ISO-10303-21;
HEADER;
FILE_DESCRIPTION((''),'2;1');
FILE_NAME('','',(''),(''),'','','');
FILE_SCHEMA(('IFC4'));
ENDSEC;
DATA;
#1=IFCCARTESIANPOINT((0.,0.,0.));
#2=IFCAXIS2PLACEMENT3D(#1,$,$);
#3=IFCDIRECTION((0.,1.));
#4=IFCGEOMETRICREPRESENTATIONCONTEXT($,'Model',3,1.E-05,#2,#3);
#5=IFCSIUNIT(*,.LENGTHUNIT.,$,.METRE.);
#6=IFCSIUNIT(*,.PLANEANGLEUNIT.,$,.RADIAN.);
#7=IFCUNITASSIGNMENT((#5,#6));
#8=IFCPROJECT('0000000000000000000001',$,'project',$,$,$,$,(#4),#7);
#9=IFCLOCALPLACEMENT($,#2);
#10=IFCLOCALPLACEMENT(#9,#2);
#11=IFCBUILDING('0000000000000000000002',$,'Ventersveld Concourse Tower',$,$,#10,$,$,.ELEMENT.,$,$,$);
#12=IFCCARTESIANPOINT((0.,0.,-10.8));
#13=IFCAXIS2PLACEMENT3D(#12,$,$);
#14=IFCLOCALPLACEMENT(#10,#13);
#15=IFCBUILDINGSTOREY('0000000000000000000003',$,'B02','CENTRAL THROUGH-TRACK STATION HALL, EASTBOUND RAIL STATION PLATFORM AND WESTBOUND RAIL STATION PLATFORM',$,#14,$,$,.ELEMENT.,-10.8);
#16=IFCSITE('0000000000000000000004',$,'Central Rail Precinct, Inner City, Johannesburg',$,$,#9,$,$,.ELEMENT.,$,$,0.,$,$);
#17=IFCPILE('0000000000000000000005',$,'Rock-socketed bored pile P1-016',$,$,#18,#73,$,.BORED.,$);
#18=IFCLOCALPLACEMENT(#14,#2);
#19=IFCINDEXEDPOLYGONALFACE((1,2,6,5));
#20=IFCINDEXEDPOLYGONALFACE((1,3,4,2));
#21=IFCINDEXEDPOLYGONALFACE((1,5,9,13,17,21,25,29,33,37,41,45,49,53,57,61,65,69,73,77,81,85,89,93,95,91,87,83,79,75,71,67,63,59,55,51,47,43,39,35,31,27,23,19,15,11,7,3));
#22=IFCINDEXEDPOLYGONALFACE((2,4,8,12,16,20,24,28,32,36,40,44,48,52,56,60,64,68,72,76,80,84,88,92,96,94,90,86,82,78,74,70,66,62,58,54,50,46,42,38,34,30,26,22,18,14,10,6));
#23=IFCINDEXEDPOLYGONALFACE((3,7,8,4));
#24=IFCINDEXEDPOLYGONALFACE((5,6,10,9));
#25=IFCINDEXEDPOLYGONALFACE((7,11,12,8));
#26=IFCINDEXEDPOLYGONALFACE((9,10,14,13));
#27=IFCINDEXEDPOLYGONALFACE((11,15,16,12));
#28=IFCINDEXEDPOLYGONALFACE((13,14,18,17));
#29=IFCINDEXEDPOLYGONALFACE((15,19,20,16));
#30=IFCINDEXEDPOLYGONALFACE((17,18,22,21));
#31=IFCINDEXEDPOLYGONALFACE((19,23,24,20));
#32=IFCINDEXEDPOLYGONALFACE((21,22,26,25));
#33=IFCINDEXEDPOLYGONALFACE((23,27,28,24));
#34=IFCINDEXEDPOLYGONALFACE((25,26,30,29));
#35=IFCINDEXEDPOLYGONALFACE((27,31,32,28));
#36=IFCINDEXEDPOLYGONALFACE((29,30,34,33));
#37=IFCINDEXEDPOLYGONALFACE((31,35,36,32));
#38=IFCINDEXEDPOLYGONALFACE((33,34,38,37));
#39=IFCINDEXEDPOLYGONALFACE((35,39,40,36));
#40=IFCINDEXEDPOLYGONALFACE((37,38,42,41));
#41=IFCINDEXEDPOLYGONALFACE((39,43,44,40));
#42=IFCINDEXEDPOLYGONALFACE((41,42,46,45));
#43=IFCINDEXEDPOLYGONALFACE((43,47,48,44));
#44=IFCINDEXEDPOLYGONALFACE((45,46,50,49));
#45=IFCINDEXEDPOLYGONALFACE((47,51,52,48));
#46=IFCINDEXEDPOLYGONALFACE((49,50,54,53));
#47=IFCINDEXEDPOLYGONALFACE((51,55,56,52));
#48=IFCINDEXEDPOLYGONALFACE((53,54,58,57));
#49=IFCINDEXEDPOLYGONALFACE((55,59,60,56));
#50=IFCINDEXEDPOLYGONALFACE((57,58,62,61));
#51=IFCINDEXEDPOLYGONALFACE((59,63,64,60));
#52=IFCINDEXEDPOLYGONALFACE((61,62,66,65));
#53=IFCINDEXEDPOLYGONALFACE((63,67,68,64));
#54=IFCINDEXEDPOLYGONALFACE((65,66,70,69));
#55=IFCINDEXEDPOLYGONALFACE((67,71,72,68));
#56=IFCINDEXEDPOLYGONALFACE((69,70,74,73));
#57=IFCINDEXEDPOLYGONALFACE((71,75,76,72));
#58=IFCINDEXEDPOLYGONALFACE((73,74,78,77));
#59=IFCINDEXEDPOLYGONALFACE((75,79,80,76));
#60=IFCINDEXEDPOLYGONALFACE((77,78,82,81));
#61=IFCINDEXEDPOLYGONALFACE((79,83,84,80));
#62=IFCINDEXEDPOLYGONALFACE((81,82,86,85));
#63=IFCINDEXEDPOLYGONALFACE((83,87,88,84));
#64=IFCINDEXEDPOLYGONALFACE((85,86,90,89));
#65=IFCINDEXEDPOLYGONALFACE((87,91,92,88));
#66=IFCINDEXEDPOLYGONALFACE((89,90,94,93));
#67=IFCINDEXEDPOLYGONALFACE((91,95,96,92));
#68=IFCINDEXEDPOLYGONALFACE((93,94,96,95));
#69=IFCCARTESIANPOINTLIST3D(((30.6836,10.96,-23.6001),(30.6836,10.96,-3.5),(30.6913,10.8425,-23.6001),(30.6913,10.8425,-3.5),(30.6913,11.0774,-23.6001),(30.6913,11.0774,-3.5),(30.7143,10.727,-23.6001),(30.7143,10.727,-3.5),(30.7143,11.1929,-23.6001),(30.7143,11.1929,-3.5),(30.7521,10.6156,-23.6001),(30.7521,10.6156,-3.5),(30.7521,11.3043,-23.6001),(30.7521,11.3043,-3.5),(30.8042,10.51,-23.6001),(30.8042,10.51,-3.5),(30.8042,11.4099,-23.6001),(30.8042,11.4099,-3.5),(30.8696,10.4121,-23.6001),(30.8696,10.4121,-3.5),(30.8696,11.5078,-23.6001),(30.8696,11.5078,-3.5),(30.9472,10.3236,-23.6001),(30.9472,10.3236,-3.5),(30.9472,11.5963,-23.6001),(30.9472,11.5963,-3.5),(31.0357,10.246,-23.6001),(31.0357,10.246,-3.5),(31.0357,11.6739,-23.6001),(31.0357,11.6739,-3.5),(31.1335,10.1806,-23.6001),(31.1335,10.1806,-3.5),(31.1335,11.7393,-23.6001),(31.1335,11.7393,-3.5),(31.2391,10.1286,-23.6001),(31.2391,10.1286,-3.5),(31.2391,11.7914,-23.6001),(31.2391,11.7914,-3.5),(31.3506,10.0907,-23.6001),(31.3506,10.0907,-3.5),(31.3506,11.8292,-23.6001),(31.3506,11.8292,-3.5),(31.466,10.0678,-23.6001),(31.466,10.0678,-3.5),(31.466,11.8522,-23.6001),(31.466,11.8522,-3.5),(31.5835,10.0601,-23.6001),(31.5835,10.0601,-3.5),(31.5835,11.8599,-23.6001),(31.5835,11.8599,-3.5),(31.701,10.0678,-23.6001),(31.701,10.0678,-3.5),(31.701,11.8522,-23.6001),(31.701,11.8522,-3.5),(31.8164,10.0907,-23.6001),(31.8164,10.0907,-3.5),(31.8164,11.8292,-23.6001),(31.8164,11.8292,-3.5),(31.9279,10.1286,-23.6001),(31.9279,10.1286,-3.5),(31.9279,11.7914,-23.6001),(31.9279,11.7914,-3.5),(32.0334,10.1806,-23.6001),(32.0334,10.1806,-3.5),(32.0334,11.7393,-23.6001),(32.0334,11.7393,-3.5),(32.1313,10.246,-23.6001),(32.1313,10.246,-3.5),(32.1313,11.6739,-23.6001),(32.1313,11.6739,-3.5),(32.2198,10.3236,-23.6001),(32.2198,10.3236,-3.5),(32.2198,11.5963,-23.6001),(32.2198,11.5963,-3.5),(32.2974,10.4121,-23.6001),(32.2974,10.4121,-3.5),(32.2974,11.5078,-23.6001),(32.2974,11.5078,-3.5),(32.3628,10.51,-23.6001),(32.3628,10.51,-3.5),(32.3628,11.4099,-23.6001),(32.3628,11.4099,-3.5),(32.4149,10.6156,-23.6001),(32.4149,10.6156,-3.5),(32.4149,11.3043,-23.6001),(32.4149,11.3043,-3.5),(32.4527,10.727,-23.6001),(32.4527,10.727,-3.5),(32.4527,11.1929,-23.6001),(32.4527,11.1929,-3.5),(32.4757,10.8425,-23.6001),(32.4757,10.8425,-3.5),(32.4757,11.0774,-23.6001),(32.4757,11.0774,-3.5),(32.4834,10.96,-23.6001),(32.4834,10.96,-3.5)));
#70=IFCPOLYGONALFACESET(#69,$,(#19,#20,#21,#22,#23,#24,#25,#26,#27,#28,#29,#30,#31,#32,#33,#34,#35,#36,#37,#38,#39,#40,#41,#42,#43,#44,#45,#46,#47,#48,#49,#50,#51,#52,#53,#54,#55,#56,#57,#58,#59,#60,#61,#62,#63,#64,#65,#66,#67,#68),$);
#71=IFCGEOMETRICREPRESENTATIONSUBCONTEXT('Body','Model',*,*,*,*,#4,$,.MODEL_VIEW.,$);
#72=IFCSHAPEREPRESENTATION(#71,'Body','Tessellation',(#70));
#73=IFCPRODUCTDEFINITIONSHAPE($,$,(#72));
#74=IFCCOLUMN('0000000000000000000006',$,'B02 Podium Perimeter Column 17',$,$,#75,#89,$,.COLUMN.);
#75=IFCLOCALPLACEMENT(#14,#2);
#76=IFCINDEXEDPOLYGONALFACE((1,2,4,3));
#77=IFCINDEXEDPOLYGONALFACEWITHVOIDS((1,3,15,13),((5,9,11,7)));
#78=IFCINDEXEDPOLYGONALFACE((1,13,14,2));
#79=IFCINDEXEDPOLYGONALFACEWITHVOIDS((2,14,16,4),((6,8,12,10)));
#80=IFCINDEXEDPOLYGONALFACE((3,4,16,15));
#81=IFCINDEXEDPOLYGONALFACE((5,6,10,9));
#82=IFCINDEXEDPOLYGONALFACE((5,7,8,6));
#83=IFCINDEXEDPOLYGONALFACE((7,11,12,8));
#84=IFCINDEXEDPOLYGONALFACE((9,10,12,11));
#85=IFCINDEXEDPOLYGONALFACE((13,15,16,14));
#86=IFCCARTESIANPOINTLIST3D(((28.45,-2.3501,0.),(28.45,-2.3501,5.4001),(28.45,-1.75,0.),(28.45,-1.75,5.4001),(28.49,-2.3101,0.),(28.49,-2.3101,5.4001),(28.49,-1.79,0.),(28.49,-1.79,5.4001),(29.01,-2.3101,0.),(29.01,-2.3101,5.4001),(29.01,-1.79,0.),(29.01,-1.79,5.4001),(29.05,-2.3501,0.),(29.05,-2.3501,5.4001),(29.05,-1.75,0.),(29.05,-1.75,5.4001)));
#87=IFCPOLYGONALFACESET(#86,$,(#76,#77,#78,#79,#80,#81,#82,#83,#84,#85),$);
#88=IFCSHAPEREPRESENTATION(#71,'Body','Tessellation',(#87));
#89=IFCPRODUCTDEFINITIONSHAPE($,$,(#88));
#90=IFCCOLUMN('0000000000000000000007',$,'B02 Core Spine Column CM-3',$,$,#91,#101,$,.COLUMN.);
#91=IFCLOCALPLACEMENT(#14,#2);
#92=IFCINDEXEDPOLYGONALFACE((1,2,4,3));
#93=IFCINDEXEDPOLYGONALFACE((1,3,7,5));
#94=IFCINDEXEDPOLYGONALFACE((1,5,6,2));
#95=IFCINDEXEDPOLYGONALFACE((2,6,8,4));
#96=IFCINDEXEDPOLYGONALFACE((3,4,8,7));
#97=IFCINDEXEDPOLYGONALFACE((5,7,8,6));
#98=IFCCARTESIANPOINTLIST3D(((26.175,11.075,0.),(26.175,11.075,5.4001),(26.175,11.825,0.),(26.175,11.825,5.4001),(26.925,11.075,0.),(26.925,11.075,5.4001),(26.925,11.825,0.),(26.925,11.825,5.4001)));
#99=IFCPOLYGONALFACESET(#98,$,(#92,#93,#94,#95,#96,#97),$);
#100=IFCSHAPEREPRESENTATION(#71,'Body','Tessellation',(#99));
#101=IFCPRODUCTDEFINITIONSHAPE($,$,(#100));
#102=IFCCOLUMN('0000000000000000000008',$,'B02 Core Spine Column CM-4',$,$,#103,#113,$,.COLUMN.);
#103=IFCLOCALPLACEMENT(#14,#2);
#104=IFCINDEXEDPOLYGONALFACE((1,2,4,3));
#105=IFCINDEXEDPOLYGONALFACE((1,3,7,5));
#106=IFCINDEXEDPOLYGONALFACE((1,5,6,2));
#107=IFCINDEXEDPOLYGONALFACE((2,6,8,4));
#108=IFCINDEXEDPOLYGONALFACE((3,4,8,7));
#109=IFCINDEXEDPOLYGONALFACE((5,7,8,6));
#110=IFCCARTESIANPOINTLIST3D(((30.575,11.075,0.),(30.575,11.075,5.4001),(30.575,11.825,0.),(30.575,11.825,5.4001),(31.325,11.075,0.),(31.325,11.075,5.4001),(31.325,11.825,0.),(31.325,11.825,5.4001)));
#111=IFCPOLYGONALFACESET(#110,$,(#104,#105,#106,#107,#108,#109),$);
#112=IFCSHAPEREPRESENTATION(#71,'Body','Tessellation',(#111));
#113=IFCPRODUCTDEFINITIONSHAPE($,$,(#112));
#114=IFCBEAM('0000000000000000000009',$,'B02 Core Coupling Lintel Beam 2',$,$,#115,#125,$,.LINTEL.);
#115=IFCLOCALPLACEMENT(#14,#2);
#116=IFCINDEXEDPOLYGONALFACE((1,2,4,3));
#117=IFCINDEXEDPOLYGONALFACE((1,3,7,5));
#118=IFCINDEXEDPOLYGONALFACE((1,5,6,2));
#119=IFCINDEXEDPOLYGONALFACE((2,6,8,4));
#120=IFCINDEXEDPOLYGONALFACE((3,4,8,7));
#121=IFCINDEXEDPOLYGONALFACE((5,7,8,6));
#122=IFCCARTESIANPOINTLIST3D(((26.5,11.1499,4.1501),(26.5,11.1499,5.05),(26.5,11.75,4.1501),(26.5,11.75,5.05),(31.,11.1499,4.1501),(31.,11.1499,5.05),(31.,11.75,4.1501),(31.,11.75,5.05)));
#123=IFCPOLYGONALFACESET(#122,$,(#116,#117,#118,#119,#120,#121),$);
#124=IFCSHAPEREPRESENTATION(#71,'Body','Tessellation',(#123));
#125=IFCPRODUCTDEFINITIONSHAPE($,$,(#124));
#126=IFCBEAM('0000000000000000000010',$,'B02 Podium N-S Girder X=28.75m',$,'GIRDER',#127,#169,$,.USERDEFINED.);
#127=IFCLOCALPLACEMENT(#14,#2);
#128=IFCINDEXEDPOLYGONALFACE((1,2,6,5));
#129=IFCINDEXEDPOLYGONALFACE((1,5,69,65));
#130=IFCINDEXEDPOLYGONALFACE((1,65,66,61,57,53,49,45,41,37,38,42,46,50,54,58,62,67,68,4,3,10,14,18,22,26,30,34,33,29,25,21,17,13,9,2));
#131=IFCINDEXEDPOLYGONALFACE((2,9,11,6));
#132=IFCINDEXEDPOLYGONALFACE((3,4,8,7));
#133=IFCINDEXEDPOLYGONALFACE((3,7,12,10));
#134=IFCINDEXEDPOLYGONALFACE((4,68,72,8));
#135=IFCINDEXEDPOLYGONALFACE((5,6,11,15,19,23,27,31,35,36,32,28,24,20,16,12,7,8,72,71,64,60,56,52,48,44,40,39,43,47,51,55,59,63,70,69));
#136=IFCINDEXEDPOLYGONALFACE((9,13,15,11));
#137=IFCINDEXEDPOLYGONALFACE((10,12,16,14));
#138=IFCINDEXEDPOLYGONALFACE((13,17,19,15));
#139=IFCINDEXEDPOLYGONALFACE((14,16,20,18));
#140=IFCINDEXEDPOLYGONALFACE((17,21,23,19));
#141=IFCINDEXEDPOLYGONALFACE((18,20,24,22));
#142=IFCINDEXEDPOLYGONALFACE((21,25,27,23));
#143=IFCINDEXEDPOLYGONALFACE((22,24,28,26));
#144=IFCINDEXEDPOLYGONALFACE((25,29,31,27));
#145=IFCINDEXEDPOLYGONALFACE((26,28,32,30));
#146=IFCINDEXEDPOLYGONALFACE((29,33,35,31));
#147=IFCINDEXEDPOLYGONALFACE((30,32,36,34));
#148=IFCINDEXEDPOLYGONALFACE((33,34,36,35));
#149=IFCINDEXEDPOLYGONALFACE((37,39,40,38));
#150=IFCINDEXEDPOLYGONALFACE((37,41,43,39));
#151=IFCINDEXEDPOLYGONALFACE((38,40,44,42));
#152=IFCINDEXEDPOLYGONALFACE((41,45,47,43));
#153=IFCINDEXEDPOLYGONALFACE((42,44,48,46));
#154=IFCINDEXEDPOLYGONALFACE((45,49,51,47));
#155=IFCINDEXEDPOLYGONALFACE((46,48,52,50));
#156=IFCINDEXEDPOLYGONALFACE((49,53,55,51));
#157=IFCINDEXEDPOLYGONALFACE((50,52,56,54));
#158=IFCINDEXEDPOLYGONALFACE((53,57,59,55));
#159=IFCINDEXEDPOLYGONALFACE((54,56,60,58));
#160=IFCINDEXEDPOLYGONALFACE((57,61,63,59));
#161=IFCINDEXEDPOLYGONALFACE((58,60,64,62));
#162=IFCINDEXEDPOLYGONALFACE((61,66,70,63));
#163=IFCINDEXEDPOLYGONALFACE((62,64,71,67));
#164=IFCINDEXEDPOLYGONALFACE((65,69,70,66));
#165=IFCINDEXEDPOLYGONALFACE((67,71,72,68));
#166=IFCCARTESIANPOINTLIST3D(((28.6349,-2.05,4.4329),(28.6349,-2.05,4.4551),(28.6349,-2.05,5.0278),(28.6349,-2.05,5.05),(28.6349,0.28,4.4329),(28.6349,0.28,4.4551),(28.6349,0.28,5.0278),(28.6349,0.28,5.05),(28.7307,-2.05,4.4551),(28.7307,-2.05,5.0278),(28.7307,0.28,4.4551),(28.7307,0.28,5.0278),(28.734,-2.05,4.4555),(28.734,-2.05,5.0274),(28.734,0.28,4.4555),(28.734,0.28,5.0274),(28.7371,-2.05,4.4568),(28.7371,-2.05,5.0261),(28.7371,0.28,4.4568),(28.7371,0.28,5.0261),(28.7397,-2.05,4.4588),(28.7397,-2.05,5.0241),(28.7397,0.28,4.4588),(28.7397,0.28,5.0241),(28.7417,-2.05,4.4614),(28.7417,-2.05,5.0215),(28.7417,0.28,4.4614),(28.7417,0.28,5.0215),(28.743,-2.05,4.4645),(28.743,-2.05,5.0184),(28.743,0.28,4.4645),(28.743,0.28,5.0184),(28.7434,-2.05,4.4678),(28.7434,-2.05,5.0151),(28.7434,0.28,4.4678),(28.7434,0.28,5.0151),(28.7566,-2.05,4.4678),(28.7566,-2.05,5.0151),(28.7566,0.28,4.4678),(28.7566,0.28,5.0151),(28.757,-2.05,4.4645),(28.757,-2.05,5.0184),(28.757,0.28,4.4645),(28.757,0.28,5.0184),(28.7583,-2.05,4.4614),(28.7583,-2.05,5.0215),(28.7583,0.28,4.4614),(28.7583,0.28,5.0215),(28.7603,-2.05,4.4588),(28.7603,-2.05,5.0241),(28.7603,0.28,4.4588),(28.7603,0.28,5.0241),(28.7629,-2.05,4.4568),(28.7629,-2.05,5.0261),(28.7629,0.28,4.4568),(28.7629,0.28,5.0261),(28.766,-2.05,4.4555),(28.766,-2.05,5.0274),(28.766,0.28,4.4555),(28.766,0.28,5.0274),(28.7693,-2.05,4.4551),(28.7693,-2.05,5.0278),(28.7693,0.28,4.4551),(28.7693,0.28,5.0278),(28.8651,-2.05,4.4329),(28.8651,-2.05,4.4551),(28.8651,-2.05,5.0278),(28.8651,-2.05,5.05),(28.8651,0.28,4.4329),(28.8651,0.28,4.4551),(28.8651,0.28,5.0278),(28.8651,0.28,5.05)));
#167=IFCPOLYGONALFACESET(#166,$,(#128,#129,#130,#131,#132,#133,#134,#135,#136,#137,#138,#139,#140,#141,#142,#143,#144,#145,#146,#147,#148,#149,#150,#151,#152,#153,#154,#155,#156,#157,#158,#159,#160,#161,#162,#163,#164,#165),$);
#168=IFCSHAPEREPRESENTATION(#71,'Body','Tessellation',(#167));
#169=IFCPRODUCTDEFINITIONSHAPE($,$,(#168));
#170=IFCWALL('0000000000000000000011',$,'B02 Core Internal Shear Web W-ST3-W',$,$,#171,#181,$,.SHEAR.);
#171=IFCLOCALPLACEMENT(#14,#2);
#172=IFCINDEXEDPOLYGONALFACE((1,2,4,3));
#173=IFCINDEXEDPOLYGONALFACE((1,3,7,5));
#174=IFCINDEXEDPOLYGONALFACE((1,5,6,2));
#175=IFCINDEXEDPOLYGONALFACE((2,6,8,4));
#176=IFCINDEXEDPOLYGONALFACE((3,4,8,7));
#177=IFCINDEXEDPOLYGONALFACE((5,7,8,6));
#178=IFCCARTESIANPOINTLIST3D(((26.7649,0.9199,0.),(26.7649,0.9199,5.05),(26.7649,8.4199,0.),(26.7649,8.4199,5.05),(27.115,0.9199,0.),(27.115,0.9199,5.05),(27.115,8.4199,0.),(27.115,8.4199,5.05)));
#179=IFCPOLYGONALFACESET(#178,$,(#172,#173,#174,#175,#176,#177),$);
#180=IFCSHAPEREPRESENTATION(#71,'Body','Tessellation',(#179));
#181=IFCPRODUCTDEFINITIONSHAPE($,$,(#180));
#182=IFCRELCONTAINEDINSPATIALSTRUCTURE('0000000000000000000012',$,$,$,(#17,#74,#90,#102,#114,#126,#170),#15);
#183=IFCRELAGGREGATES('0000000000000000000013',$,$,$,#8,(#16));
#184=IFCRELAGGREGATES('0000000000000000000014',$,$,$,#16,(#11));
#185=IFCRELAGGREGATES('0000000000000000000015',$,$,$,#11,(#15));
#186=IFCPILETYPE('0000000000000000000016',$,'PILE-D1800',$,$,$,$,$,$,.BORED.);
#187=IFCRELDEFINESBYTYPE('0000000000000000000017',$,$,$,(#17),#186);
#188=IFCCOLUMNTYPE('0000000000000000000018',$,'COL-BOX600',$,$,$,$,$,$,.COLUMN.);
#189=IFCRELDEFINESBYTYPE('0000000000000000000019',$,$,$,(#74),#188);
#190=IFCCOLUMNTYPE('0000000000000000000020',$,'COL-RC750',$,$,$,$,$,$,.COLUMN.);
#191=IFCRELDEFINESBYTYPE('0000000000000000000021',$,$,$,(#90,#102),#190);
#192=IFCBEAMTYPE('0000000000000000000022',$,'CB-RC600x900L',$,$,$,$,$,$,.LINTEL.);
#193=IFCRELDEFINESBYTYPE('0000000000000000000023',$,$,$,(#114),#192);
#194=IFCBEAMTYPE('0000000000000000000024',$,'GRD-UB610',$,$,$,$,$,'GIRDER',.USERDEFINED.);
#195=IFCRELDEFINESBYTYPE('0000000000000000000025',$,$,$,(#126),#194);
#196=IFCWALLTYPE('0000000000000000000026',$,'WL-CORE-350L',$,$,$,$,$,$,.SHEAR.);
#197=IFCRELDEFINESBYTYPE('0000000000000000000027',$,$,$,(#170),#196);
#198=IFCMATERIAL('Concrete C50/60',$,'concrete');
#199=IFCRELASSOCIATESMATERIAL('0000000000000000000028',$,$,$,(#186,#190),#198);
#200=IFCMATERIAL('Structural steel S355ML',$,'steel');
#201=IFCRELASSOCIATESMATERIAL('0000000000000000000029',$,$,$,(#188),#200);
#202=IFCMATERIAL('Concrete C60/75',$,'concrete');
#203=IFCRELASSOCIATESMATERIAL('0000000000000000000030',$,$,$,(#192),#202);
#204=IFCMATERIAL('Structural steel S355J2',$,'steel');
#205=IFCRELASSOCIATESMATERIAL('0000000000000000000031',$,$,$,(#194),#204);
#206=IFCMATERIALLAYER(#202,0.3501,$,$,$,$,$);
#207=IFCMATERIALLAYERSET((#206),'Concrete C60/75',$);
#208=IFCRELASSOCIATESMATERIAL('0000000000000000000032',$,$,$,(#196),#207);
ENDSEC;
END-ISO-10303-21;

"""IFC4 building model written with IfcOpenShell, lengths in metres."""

from ifc_helpers import new_model, si_unit, direction, frame, frame_2d, origin, origin_2d, place, context, subcontext, project, spatial, rectangle, hollow_rectangle, circle, i_section, extrude, material, layer, layer_set, material_profile, profile_set, type_object, element, save


model = new_model("IFC4")

# Units and contexts
model_context = context("Model", 3, precision=1e-05, world=origin(), true_north=direction((0.0, 1.0)))
body_context = subcontext(model_context, "Body", "Model", "MODEL_VIEW")
ifc_project = project(units=[si_unit("LENGTHUNIT", "METRE"), si_unit("PLANEANGLEUNIT", "RADIAN")], contexts=[model_context])

# Site, building, storey
site_placement = place(None, origin())
site = spatial("IfcSite", under=ifc_project, at=site_placement, Name="Central Rail Precinct, Inner City, Johannesburg", CompositionType="ELEMENT", RefElevation=0.0)
building_placement = place(site_placement, origin())
building = spatial("IfcBuilding", under=site, at=building_placement, Name="Ventersveld Concourse Tower", CompositionType="ELEMENT")
storey_placement = place(building_placement, frame((0.0, 0.0, -10.8)))
storey = spatial("IfcBuildingStorey", under=building, at=storey_placement, Name="B02", Description="CENTRAL THROUGH-TRACK STATION HALL, EASTBOUND RAIL STATION PLATFORM AND WESTBOUND RAIL STATION PLATFORM", CompositionType="ELEMENT", Elevation=-10.8)

# Pile
ifc_material_1 = material(Name="Concrete C50/60", Category="concrete")
ifc_material_profile_1 = material_profile(ifc_material_1, circle(Radius=0.8999, at=origin_2d()), Name="PILE D1800")
ifc_profile_set_1 = profile_set([ifc_material_profile_1], Name="Concrete C50/60")
pile_type = type_object("IfcPileType", Name="PILE-D1800", PredefinedType="BORED", material=ifc_profile_set_1)
for number, where, z_axis, x_axis, name in (
    (1, (31.5835, 10.96, -3.5), (0.0, 0.0, -1.0), (1.0, 0.0, 0.0), "Rock-socketed bored pile P1-016"),
):
    element("IfcPile", number, at=place(storey_placement, frame(where, z_axis=z_axis, x_axis=x_axis)), inside=storey, type_object=pile_type, Name=name, PredefinedType="BORED", context=body_context, shape_type="SweptSolid", body=[
        extrude(circle(Radius=0.8999, at=origin_2d()), origin(), (0.0, 0.0, 1.0), 20.1001),
    ])

# Columns
ifc_material_2 = material(Name="Structural steel S355ML", Category="steel")
ifc_material_profile_2 = material_profile(ifc_material_2, hollow_rectangle(XDim=0.6001, YDim=0.6001, WallThickness=0.04, at=origin_2d()), Name="BOX 600x600x40")
ifc_profile_set_2 = profile_set([ifc_material_profile_2], Name="Structural steel S355ML")
column_type_1 = type_object("IfcColumnType", Name="COL-BOX600", PredefinedType="COLUMN", material=ifc_profile_set_2)
column_placement = place(storey_placement, frame((28.75, -2.05, 0.0), z_axis=(0.0, 0.0, 1.0), x_axis=(1.0, 0.0, 0.0)))
element("IfcColumn", 2, at=column_placement, inside=storey, type_object=column_type_1, Name="B02 Podium Perimeter Column 17", PredefinedType="COLUMN", context=body_context, shape_type="SweptSolid", body=[
    extrude(hollow_rectangle(XDim=0.6001, YDim=0.6001, WallThickness=0.04, at=origin_2d()), origin(), (0.0, 0.0, 1.0), 5.4001),
])
ifc_material_profile_3 = material_profile(ifc_material_1, rectangle(XDim=0.75, YDim=0.75, at=origin_2d()), Name="RC 750x750")
ifc_profile_set_3 = profile_set([ifc_material_profile_3], Name="Concrete C50/60")
column_type_2 = type_object("IfcColumnType", Name="COL-RC750", PredefinedType="COLUMN", material=ifc_profile_set_3)
for number, where, z_axis, x_axis, name in (
    (3, (26.55, 11.45, 0.0), (0.0, 0.0, 1.0), (1.0, 0.0, 0.0), "B02 Core Spine Column CM-3"),
    (4, (30.95, 11.45, 0.0), (0.0, 0.0, 1.0), (1.0, 0.0, 0.0), "B02 Core Spine Column CM-4"),
):
    element("IfcColumn", number, at=place(storey_placement, frame(where, z_axis=z_axis, x_axis=x_axis)), inside=storey, type_object=column_type_2, Name=name, PredefinedType="COLUMN", context=body_context, shape_type="SweptSolid", body=[
        extrude(rectangle(XDim=0.75, YDim=0.75, at=origin_2d()), origin(), (0.0, 0.0, 1.0), 5.4001),
    ])

# Beams
ifc_material_3 = material(Name="Concrete C60/75", Category="concrete")
ifc_material_profile_4 = material_profile(ifc_material_3, rectangle(XDim=0.6001, YDim=0.8999, at=origin_2d()), Name="RC 600x900")
ifc_profile_set_4 = profile_set([ifc_material_profile_4], Name="Concrete C60/75")
beam_type_1 = type_object("IfcBeamType", Name="CB-RC600x900L", PredefinedType="LINTEL", material=ifc_profile_set_4)
beam_1_placement = place(storey_placement, frame((26.5, 11.45, 4.6001), z_axis=(1.0, 0.0, 0.0), x_axis=(0.0, 1.0, 0.0)))
element("IfcBeam", 5, at=beam_1_placement, inside=storey, type_object=beam_type_1, Name="B02 Core Coupling Lintel Beam 2", PredefinedType="LINTEL", context=body_context, shape_type="SweptSolid", body=[
    extrude(rectangle(XDim=0.6001, YDim=0.8999, at=origin_2d()), origin(), (0.0, 0.0, 1.0), 4.5),
])
ifc_material_4 = material(Name="Structural steel S355J2", Category="steel")
ifc_material_profile_5 = material_profile(ifc_material_4, i_section(OverallWidth=0.2302, OverallDepth=0.6172, WebThickness=0.0132, FlangeThickness=0.0222, FilletRadius=0.0127, at=origin_2d()), Name="UB 610x229x140")
ifc_profile_set_5 = profile_set([ifc_material_profile_5], Name="Structural steel S355J2")
beam_type_2 = type_object("IfcBeamType", Name="GRD-UB610", ElementType="GIRDER", PredefinedType="USERDEFINED", material=ifc_profile_set_5)
beam_2_placement = place(storey_placement, frame((28.75, -2.05, 4.7415), z_axis=(0.0, 1.0, 0.0), x_axis=(-1.0, 0.0, 0.0)))
element("IfcBeam", 6, at=beam_2_placement, inside=storey, type_object=beam_type_2, Name="B02 Podium N-S Girder X=28.75m", ObjectType="GIRDER", PredefinedType="USERDEFINED", context=body_context, shape_type="SweptSolid", body=[
    extrude(i_section(OverallWidth=0.2302, OverallDepth=0.6172, WebThickness=0.0132, FlangeThickness=0.0222, FilletRadius=0.0127, at=origin_2d()), origin(), (0.0, 0.0, 1.0), 2.3301),
])

# Wall
ifc_layer_1 = layer(ifc_material_3, 0.3501)
ifc_layer_set_1 = layer_set([ifc_layer_1], Name="Concrete C60/75")
wall_type_1 = type_object("IfcWallType", Name="WL-CORE-350L", PredefinedType="SHEAR", material=ifc_layer_set_1)
for number, where, z_axis, x_axis, name in (
    (7, (26.9399, 0.9199, 0.0), (0.0, 0.0, 1.0), (0.0, 1.0, 0.0), "B02 Core Internal Shear Web W-ST3-W"),
):
    element("IfcWall", number, at=place(storey_placement, frame(where, z_axis=z_axis, x_axis=x_axis)), inside=storey, type_object=wall_type_1, Name=name, PredefinedType="SHEAR", context=body_context, shape_type="SweptSolid", body=[
        extrude(rectangle(XDim=7.5, YDim=0.3501, at=frame_2d((3.75, 0.0))), origin(), (0.0, 0.0, 1.0), 5.05),
    ])

save(model, "model.ifc")
